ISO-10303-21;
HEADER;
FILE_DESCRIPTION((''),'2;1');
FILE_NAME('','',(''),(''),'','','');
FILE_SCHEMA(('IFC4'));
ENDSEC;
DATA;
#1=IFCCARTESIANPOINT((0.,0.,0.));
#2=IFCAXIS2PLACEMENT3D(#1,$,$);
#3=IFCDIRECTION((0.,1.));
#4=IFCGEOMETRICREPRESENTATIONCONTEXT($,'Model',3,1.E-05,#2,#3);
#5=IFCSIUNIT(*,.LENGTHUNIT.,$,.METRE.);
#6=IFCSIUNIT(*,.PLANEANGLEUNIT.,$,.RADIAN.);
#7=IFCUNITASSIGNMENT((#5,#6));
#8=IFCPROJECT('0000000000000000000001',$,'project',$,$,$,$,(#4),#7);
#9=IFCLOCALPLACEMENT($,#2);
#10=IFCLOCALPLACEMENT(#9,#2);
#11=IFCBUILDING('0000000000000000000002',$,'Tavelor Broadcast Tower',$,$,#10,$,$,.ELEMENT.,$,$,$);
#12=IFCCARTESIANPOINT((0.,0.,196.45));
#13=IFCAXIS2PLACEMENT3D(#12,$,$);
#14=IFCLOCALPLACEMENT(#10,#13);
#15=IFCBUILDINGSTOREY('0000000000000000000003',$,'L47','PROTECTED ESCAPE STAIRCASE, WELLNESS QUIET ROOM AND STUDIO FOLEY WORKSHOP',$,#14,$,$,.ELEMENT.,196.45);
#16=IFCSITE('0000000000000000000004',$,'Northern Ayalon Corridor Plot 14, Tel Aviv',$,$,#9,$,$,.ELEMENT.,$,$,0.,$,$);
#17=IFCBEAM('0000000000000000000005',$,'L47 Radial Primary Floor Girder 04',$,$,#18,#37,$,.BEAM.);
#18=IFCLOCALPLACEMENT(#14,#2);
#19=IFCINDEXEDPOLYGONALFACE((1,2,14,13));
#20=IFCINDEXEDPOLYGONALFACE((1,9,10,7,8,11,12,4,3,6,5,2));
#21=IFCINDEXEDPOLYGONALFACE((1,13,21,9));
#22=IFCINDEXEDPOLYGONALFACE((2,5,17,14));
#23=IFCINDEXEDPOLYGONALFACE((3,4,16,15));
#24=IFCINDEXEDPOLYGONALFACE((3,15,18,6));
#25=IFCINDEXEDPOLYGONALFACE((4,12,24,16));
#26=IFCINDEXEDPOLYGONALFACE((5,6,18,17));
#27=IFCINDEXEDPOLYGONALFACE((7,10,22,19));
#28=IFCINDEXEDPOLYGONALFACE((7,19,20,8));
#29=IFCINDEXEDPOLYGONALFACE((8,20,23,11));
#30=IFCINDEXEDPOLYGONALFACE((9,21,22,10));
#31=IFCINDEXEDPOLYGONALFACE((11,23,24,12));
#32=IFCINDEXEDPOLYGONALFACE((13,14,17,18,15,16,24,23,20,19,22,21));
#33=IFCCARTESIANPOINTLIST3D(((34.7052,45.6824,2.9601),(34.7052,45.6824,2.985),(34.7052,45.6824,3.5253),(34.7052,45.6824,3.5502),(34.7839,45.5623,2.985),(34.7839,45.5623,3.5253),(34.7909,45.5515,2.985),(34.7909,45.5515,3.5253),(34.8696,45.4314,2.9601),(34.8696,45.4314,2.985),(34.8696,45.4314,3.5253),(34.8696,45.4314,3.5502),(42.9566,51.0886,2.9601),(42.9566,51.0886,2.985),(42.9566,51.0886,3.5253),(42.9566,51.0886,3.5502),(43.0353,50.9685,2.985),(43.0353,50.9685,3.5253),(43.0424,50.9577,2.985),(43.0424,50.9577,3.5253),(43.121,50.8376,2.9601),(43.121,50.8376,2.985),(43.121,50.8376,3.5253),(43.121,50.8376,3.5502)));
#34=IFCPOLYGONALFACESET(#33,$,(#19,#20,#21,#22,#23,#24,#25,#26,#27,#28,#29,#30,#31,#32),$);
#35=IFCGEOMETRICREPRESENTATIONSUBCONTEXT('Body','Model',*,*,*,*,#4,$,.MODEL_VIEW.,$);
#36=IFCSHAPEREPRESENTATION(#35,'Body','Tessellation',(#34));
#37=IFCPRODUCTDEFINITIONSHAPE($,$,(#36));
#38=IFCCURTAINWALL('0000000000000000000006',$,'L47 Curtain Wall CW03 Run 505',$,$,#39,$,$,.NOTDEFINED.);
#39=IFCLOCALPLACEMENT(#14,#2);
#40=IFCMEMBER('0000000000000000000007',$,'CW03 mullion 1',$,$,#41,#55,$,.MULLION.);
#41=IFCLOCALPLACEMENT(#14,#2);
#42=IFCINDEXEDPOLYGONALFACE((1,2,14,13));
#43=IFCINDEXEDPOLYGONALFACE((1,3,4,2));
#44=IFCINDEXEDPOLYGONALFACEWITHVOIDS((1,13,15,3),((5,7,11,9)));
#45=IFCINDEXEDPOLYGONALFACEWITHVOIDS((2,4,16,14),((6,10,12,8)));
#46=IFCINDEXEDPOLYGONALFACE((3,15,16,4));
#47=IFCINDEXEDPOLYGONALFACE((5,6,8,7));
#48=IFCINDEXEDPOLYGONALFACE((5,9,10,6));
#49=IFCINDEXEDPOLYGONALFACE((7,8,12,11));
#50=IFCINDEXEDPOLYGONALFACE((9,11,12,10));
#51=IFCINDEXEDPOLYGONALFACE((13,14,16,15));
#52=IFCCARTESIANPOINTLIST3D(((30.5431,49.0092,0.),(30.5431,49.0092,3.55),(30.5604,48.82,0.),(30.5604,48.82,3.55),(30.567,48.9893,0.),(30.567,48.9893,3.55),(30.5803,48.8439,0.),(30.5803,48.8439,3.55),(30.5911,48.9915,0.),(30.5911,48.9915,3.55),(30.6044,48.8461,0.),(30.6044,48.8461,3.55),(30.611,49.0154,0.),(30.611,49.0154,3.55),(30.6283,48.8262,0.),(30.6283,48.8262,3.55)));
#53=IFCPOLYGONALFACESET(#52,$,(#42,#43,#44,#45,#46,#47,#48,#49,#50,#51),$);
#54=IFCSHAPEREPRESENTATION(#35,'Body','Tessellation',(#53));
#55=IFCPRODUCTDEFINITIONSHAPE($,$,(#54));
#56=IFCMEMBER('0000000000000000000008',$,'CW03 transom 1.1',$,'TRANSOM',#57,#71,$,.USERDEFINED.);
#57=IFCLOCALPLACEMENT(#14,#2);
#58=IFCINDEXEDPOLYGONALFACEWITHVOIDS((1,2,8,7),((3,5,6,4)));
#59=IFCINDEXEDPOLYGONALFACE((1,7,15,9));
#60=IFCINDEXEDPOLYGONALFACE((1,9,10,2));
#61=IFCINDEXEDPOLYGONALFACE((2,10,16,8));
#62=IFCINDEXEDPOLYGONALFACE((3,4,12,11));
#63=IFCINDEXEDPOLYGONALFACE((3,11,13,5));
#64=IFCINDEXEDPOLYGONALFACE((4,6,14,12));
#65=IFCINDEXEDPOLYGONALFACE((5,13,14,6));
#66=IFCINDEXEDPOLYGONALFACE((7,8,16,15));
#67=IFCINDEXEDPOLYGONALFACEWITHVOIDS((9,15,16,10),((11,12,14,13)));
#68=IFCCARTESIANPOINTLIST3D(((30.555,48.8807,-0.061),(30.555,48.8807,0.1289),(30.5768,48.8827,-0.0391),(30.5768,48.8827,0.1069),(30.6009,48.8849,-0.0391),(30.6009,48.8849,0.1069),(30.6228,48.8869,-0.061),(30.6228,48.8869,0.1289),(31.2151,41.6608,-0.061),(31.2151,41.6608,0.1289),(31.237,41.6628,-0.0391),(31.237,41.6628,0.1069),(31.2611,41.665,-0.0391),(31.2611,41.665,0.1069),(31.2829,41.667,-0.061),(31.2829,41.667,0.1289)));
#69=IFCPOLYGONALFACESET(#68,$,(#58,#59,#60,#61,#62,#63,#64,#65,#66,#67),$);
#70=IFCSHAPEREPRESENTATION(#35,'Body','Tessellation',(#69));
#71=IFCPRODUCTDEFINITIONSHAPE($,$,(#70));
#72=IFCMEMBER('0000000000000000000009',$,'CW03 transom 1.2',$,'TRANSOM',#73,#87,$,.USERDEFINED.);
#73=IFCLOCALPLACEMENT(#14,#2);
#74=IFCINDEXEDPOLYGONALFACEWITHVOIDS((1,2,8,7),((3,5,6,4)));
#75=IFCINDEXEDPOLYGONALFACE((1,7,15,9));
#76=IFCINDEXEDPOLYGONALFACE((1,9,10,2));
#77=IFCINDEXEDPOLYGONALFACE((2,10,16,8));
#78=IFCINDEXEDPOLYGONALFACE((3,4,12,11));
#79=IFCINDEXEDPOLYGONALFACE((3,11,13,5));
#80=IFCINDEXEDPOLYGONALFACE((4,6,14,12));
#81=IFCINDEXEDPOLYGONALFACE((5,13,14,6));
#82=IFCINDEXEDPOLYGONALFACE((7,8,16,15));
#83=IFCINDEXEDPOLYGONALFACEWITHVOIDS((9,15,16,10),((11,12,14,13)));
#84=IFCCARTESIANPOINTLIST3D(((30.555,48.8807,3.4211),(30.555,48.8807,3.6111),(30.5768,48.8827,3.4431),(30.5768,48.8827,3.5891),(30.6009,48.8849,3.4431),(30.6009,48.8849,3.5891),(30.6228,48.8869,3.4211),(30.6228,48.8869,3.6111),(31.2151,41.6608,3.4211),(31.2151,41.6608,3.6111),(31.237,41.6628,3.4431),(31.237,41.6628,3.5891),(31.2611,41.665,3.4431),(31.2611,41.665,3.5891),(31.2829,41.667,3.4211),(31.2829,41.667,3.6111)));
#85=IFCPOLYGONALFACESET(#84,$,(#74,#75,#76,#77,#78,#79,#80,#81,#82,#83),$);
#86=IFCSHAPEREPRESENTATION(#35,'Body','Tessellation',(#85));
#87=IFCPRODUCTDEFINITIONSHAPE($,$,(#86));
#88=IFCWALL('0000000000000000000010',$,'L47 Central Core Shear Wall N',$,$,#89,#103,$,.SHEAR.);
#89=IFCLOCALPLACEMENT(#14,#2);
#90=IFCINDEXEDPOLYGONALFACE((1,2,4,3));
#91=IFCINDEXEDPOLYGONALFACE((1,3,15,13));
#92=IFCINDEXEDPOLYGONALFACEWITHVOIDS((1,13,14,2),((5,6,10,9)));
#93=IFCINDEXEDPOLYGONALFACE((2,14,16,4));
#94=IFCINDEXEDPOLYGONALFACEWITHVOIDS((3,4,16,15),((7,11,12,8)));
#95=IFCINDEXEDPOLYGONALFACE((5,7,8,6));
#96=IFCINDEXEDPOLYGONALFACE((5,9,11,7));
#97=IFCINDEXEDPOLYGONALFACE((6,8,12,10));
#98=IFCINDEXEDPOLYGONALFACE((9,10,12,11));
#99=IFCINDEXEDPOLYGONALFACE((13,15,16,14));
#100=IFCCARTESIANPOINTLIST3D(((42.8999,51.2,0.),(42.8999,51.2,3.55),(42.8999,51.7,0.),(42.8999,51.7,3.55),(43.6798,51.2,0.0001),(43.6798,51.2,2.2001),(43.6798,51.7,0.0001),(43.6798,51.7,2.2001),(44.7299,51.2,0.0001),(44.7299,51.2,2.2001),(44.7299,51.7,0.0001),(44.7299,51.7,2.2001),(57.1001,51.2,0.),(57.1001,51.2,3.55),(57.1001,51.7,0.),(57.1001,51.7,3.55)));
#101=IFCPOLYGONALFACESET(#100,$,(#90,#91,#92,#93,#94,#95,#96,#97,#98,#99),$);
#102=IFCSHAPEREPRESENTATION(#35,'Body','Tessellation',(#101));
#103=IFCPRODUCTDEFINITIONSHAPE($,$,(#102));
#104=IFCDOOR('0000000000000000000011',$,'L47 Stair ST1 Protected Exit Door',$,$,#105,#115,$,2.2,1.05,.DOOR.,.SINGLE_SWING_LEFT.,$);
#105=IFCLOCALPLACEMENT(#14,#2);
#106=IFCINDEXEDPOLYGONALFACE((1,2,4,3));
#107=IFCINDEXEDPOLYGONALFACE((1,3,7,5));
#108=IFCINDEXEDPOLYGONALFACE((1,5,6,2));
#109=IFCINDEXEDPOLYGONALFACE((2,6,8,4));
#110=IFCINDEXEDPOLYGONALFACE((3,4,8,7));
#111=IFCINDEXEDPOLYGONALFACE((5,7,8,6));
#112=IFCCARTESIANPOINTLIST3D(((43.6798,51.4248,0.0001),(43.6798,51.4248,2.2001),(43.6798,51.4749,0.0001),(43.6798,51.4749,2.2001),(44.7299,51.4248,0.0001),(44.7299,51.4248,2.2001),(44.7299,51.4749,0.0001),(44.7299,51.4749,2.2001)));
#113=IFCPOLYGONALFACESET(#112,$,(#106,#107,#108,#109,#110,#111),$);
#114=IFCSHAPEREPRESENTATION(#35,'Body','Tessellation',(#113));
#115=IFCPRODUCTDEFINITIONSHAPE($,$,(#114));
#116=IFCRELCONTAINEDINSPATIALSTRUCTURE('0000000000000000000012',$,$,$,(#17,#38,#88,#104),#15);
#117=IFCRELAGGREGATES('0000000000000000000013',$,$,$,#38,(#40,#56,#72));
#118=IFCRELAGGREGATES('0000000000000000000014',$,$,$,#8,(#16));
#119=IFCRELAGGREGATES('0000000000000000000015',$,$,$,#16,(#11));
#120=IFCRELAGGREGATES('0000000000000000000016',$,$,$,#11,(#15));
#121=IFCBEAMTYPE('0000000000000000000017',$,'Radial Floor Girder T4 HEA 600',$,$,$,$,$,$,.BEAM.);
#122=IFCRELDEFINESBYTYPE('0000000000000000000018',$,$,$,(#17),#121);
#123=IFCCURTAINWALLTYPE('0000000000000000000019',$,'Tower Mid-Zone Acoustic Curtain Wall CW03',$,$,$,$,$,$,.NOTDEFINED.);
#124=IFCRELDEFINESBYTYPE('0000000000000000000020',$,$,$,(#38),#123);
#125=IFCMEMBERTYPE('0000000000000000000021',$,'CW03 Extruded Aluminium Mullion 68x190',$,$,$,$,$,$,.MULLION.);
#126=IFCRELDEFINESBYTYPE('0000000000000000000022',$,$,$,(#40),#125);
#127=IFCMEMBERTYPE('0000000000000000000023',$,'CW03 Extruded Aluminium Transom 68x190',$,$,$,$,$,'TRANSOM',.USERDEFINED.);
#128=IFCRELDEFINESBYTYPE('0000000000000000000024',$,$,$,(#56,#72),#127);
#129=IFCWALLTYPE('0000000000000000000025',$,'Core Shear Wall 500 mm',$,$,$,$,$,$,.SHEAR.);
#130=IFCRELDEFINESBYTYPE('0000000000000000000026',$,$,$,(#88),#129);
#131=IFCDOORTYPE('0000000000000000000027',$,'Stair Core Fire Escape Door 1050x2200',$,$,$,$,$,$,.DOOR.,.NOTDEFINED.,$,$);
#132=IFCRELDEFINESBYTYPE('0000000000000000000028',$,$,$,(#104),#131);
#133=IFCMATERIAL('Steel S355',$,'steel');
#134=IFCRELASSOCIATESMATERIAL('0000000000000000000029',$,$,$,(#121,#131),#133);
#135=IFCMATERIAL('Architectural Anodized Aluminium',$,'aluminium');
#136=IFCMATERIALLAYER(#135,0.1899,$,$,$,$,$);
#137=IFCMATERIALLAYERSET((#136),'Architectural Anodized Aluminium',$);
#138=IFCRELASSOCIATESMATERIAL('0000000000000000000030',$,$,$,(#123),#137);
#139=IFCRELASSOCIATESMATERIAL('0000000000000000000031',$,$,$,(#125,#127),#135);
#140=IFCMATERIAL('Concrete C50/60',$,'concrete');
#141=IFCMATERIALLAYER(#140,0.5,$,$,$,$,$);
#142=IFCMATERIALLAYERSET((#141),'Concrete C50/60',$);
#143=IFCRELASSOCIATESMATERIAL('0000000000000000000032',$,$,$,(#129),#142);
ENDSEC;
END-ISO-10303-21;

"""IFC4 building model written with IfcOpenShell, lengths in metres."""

from ifc_helpers import new_model, si_unit, direction, frame, frame_2d, origin, origin_2d, place, context, subcontext, project, spatial, rectangle, hollow_rectangle, i_section, extrude, source, transform, mapped, material, layer, layer_set, material_profile, profile_set, type_object, type_shapes, element, fill, aggregate, save


model = new_model("IFC4")

# Units and contexts
model_context = context("Model", 3, precision=1e-05, world=origin(), true_north=direction((0.0, 1.0)))
body_context = subcontext(model_context, "Body", "Model", "MODEL_VIEW")
ifc_project = project(units=[si_unit("LENGTHUNIT", "METRE"), si_unit("PLANEANGLEUNIT", "RADIAN")], contexts=[model_context])

# Site, building, storey
site_placement = place(None, origin())
site = spatial("IfcSite", under=ifc_project, at=site_placement, Name="Northern Ayalon Corridor Plot 14, Tel Aviv", CompositionType="ELEMENT", RefElevation=0.0)
building_placement = place(site_placement, origin())
building = spatial("IfcBuilding", under=site, at=building_placement, Name="Tavelor Broadcast Tower", CompositionType="ELEMENT")
storey_placement = place(building_placement, frame((0.0, 0.0, 196.45)))
storey = spatial("IfcBuildingStorey", under=building, at=storey_placement, Name="L47", Description="PROTECTED ESCAPE STAIRCASE, WELLNESS QUIET ROOM AND STUDIO FOLEY WORKSHOP", CompositionType="ELEMENT", Elevation=196.45)

# Shared definitions
ifc_material_1 = material(Name="Concrete C50/60", Category="concrete")

# Beam
ifc_material_2 = material(Name="Steel S355", Category="steel")
ifc_material_profile_1 = material_profile(ifc_material_2, i_section(OverallWidth=0.3, OverallDepth=0.5901, WebThickness=0.0129, FlangeThickness=0.0249, at=origin_2d()), Name="HEA 600")
ifc_profile_set_1 = profile_set([ifc_material_profile_1], Name="Steel S355")
beam_type_1 = type_object("IfcBeamType", Name="Radial Floor Girder T4 HEA 600", PredefinedType="BEAM", material=ifc_profile_set_1)
beam_1_placement = place(storey_placement, frame((43.0388, 50.9631, 3.2551), z_axis=(-0.836456, -0.548035, 0.0), x_axis=(0.548035, -0.836456, 0.0)))
element("IfcBeam", 1, at=beam_1_placement, inside=storey, type_object=beam_type_1, Name="L47 Radial Primary Floor Girder 04", PredefinedType="BEAM", context=body_context, shape_type="SweptSolid", body=[
    extrude(i_section(OverallWidth=0.3, OverallDepth=0.5901, WebThickness=0.0129, FlangeThickness=0.0249, at=origin_2d()), origin(), (0.0, 0.0, 1.0), 9.8647),
])

# Curtain wall, members
ifc_material_3 = material(Name="Architectural Anodized Aluminium", Category="aluminium")
ifc_layer_1 = layer(ifc_material_3, 0.1899)
ifc_layer_set_1 = layer_set([ifc_layer_1], Name="Architectural Anodized Aluminium")
curtain_wall_type = type_object("IfcCurtainWallType", Name="Tower Mid-Zone Acoustic Curtain Wall CW03", PredefinedType="NOTDEFINED", material=ifc_layer_set_1)
curtain_wall_placement = place(storey_placement, origin())
curtain_wall = element("IfcCurtainWall", 2, at=curtain_wall_placement, inside=storey, type_object=curtain_wall_type, Name="L47 Curtain Wall CW03 Run 505", PredefinedType="NOTDEFINED")
ifc_material_profile_2 = material_profile(ifc_material_3, hollow_rectangle(XDim=0.0681, YDim=0.1899, WallThickness=0.022, at=origin_2d()), Name="RHS 68x190x22")
ifc_profile_set_2 = profile_set([ifc_material_profile_2], Name="Architectural Anodized Aluminium")
member_type_1 = type_object("IfcMemberType", Name="CW03 Extruded Aluminium Mullion 68x190", PredefinedType="MULLION", material=ifc_profile_set_2)
shared_shape_1 = source(origin(), body_context, "Body", "SweptSolid", [
    extrude(hollow_rectangle(XDim=0.0681, YDim=0.1899, WallThickness=0.022, at=origin_2d()), origin(), (0.0, 0.0, 1.0), 3.55),
])
type_shapes(member_type_1, [shared_shape_1])
member_1_placement = place(storey_placement, frame((30.5857, 48.9177, 0.0), z_axis=(0.0, 0.0, 1.0), x_axis=(0.995845, 0.091061, 0.0)))
member_1 = element("IfcMember", 3, at=member_1_placement, type_object=member_type_1, Name="CW03 mullion 1", PredefinedType="MULLION", context=body_context, shape_type="MappedRepresentation", body=[
    mapped(shared_shape_1, transform((0.0, 0.0, 0.0), scale=1.0)),
])
ifc_material_profile_3 = material_profile(ifc_material_3, hollow_rectangle(XDim=0.0681, YDim=0.1899, WallThickness=0.022, at=origin_2d()), Name="RHS 68x190x22")
ifc_profile_set_3 = profile_set([ifc_material_profile_3], Name="Architectural Anodized Aluminium")
member_type_2 = type_object("IfcMemberType", Name="CW03 Extruded Aluminium Transom 68x190", ElementType="TRANSOM", PredefinedType="USERDEFINED", material=ifc_profile_set_3)
shared_shape_2 = source(origin(), body_context, "Body", "SweptSolid", [
    extrude(hollow_rectangle(XDim=0.0681, YDim=0.1899, WallThickness=0.022, at=origin_2d()), origin(), (0.0, 0.0, 1.0), 7.25),
])
type_shapes(member_type_2, [shared_shape_2])
member_2_placement = place(storey_placement, frame((30.5889, 48.8838, 0.0339), z_axis=(0.091055, -0.995846, 0.0), x_axis=(0.995846, 0.091055, 0.0)))
member_2 = element("IfcMember", 4, at=member_2_placement, type_object=member_type_2, Name="CW03 transom 1.1", ObjectType="TRANSOM", PredefinedType="USERDEFINED", context=body_context, shape_type="MappedRepresentation", body=[
    mapped(shared_shape_2, transform((0.0, 0.0, 0.0), scale=1.0)),
])
member_3_placement = place(storey_placement, frame((30.5889, 48.8838, 3.5161), z_axis=(0.091055, -0.995846, 0.0), x_axis=(0.995846, 0.091055, 0.0)))
member_3 = element("IfcMember", 5, at=member_3_placement, type_object=member_type_2, Name="CW03 transom 1.2", ObjectType="TRANSOM", PredefinedType="USERDEFINED", context=body_context, shape_type="MappedRepresentation", body=[
    mapped(shared_shape_2, transform((0.0, 0.0, 0.0), scale=1.0)),
])
aggregate(curtain_wall, [member_1, member_2, member_3])

# Wall, opening, door
ifc_layer_2 = layer(ifc_material_1, 0.5)
ifc_layer_set_2 = layer_set([ifc_layer_2], Name="Concrete C50/60")
wall_type_1 = type_object("IfcWallType", Name="Core Shear Wall 500 mm", PredefinedType="SHEAR", material=ifc_layer_set_2)
wall_1_placement = place(storey_placement, frame((42.8999, 51.45, 0.0), z_axis=(0.0, 0.0, 1.0), x_axis=(1.0, 0.0, 0.0)))
wall_1 = element("IfcWall", 6, at=wall_1_placement, inside=storey, type_object=wall_type_1, Name="L47 Central Core Shear Wall N", PredefinedType="SHEAR", context=body_context, shape_type="SweptSolid", body=[
    extrude(rectangle(XDim=14.2002, YDim=0.5, at=frame_2d((7.1001, 0.0))), origin(), (0.0, 0.0, 1.0), 3.55),
])
opening_1_placement = place(wall_1_placement, frame((0.78, 0.0, 0.0)))
opening_1 = element("IfcOpeningElement", 7, at=opening_1_placement, cuts=wall_1, PredefinedType="OPENING", context=body_context, shape_type="SweptSolid", body=[
    extrude(rectangle(XDim=1.05, YDim=2.2, at=frame_2d((0.5249, 1.1001))), frame((0.0, 0.26, 0.0), z_axis=(0.0, -1.0, 0.0), x_axis=(1.0, 0.0, 0.0)), (0.0, 0.0, 1.0), 0.52),
])
door_type_1 = type_object("IfcDoorType", Name="Stair Core Fire Escape Door 1050x2200", OperationType="NOTDEFINED", PredefinedType="DOOR", material=ifc_material_2)
door_1_placement = place(opening_1_placement, origin())
door_1 = element("IfcDoor", 8, at=door_1_placement, inside=storey, type_object=door_type_1, Name="L47 Stair ST1 Protected Exit Door", OperationType="SINGLE_SWING_LEFT", OverallHeight=2.2, OverallWidth=1.05, PredefinedType="DOOR", context=body_context, shape_type="SweptSolid", body=[
    extrude(rectangle(XDim=1.05, YDim=2.2, at=frame_2d((0.5249, 1.1001))), frame((0.0, 0.0249, 0.0), z_axis=(0.0, -1.0, 0.0), x_axis=(1.0, 0.0, 0.0)), (0.0, 0.0, 1.0), 0.05),
])
fill(opening_1, door_1)

save(model, "model.ifc")
